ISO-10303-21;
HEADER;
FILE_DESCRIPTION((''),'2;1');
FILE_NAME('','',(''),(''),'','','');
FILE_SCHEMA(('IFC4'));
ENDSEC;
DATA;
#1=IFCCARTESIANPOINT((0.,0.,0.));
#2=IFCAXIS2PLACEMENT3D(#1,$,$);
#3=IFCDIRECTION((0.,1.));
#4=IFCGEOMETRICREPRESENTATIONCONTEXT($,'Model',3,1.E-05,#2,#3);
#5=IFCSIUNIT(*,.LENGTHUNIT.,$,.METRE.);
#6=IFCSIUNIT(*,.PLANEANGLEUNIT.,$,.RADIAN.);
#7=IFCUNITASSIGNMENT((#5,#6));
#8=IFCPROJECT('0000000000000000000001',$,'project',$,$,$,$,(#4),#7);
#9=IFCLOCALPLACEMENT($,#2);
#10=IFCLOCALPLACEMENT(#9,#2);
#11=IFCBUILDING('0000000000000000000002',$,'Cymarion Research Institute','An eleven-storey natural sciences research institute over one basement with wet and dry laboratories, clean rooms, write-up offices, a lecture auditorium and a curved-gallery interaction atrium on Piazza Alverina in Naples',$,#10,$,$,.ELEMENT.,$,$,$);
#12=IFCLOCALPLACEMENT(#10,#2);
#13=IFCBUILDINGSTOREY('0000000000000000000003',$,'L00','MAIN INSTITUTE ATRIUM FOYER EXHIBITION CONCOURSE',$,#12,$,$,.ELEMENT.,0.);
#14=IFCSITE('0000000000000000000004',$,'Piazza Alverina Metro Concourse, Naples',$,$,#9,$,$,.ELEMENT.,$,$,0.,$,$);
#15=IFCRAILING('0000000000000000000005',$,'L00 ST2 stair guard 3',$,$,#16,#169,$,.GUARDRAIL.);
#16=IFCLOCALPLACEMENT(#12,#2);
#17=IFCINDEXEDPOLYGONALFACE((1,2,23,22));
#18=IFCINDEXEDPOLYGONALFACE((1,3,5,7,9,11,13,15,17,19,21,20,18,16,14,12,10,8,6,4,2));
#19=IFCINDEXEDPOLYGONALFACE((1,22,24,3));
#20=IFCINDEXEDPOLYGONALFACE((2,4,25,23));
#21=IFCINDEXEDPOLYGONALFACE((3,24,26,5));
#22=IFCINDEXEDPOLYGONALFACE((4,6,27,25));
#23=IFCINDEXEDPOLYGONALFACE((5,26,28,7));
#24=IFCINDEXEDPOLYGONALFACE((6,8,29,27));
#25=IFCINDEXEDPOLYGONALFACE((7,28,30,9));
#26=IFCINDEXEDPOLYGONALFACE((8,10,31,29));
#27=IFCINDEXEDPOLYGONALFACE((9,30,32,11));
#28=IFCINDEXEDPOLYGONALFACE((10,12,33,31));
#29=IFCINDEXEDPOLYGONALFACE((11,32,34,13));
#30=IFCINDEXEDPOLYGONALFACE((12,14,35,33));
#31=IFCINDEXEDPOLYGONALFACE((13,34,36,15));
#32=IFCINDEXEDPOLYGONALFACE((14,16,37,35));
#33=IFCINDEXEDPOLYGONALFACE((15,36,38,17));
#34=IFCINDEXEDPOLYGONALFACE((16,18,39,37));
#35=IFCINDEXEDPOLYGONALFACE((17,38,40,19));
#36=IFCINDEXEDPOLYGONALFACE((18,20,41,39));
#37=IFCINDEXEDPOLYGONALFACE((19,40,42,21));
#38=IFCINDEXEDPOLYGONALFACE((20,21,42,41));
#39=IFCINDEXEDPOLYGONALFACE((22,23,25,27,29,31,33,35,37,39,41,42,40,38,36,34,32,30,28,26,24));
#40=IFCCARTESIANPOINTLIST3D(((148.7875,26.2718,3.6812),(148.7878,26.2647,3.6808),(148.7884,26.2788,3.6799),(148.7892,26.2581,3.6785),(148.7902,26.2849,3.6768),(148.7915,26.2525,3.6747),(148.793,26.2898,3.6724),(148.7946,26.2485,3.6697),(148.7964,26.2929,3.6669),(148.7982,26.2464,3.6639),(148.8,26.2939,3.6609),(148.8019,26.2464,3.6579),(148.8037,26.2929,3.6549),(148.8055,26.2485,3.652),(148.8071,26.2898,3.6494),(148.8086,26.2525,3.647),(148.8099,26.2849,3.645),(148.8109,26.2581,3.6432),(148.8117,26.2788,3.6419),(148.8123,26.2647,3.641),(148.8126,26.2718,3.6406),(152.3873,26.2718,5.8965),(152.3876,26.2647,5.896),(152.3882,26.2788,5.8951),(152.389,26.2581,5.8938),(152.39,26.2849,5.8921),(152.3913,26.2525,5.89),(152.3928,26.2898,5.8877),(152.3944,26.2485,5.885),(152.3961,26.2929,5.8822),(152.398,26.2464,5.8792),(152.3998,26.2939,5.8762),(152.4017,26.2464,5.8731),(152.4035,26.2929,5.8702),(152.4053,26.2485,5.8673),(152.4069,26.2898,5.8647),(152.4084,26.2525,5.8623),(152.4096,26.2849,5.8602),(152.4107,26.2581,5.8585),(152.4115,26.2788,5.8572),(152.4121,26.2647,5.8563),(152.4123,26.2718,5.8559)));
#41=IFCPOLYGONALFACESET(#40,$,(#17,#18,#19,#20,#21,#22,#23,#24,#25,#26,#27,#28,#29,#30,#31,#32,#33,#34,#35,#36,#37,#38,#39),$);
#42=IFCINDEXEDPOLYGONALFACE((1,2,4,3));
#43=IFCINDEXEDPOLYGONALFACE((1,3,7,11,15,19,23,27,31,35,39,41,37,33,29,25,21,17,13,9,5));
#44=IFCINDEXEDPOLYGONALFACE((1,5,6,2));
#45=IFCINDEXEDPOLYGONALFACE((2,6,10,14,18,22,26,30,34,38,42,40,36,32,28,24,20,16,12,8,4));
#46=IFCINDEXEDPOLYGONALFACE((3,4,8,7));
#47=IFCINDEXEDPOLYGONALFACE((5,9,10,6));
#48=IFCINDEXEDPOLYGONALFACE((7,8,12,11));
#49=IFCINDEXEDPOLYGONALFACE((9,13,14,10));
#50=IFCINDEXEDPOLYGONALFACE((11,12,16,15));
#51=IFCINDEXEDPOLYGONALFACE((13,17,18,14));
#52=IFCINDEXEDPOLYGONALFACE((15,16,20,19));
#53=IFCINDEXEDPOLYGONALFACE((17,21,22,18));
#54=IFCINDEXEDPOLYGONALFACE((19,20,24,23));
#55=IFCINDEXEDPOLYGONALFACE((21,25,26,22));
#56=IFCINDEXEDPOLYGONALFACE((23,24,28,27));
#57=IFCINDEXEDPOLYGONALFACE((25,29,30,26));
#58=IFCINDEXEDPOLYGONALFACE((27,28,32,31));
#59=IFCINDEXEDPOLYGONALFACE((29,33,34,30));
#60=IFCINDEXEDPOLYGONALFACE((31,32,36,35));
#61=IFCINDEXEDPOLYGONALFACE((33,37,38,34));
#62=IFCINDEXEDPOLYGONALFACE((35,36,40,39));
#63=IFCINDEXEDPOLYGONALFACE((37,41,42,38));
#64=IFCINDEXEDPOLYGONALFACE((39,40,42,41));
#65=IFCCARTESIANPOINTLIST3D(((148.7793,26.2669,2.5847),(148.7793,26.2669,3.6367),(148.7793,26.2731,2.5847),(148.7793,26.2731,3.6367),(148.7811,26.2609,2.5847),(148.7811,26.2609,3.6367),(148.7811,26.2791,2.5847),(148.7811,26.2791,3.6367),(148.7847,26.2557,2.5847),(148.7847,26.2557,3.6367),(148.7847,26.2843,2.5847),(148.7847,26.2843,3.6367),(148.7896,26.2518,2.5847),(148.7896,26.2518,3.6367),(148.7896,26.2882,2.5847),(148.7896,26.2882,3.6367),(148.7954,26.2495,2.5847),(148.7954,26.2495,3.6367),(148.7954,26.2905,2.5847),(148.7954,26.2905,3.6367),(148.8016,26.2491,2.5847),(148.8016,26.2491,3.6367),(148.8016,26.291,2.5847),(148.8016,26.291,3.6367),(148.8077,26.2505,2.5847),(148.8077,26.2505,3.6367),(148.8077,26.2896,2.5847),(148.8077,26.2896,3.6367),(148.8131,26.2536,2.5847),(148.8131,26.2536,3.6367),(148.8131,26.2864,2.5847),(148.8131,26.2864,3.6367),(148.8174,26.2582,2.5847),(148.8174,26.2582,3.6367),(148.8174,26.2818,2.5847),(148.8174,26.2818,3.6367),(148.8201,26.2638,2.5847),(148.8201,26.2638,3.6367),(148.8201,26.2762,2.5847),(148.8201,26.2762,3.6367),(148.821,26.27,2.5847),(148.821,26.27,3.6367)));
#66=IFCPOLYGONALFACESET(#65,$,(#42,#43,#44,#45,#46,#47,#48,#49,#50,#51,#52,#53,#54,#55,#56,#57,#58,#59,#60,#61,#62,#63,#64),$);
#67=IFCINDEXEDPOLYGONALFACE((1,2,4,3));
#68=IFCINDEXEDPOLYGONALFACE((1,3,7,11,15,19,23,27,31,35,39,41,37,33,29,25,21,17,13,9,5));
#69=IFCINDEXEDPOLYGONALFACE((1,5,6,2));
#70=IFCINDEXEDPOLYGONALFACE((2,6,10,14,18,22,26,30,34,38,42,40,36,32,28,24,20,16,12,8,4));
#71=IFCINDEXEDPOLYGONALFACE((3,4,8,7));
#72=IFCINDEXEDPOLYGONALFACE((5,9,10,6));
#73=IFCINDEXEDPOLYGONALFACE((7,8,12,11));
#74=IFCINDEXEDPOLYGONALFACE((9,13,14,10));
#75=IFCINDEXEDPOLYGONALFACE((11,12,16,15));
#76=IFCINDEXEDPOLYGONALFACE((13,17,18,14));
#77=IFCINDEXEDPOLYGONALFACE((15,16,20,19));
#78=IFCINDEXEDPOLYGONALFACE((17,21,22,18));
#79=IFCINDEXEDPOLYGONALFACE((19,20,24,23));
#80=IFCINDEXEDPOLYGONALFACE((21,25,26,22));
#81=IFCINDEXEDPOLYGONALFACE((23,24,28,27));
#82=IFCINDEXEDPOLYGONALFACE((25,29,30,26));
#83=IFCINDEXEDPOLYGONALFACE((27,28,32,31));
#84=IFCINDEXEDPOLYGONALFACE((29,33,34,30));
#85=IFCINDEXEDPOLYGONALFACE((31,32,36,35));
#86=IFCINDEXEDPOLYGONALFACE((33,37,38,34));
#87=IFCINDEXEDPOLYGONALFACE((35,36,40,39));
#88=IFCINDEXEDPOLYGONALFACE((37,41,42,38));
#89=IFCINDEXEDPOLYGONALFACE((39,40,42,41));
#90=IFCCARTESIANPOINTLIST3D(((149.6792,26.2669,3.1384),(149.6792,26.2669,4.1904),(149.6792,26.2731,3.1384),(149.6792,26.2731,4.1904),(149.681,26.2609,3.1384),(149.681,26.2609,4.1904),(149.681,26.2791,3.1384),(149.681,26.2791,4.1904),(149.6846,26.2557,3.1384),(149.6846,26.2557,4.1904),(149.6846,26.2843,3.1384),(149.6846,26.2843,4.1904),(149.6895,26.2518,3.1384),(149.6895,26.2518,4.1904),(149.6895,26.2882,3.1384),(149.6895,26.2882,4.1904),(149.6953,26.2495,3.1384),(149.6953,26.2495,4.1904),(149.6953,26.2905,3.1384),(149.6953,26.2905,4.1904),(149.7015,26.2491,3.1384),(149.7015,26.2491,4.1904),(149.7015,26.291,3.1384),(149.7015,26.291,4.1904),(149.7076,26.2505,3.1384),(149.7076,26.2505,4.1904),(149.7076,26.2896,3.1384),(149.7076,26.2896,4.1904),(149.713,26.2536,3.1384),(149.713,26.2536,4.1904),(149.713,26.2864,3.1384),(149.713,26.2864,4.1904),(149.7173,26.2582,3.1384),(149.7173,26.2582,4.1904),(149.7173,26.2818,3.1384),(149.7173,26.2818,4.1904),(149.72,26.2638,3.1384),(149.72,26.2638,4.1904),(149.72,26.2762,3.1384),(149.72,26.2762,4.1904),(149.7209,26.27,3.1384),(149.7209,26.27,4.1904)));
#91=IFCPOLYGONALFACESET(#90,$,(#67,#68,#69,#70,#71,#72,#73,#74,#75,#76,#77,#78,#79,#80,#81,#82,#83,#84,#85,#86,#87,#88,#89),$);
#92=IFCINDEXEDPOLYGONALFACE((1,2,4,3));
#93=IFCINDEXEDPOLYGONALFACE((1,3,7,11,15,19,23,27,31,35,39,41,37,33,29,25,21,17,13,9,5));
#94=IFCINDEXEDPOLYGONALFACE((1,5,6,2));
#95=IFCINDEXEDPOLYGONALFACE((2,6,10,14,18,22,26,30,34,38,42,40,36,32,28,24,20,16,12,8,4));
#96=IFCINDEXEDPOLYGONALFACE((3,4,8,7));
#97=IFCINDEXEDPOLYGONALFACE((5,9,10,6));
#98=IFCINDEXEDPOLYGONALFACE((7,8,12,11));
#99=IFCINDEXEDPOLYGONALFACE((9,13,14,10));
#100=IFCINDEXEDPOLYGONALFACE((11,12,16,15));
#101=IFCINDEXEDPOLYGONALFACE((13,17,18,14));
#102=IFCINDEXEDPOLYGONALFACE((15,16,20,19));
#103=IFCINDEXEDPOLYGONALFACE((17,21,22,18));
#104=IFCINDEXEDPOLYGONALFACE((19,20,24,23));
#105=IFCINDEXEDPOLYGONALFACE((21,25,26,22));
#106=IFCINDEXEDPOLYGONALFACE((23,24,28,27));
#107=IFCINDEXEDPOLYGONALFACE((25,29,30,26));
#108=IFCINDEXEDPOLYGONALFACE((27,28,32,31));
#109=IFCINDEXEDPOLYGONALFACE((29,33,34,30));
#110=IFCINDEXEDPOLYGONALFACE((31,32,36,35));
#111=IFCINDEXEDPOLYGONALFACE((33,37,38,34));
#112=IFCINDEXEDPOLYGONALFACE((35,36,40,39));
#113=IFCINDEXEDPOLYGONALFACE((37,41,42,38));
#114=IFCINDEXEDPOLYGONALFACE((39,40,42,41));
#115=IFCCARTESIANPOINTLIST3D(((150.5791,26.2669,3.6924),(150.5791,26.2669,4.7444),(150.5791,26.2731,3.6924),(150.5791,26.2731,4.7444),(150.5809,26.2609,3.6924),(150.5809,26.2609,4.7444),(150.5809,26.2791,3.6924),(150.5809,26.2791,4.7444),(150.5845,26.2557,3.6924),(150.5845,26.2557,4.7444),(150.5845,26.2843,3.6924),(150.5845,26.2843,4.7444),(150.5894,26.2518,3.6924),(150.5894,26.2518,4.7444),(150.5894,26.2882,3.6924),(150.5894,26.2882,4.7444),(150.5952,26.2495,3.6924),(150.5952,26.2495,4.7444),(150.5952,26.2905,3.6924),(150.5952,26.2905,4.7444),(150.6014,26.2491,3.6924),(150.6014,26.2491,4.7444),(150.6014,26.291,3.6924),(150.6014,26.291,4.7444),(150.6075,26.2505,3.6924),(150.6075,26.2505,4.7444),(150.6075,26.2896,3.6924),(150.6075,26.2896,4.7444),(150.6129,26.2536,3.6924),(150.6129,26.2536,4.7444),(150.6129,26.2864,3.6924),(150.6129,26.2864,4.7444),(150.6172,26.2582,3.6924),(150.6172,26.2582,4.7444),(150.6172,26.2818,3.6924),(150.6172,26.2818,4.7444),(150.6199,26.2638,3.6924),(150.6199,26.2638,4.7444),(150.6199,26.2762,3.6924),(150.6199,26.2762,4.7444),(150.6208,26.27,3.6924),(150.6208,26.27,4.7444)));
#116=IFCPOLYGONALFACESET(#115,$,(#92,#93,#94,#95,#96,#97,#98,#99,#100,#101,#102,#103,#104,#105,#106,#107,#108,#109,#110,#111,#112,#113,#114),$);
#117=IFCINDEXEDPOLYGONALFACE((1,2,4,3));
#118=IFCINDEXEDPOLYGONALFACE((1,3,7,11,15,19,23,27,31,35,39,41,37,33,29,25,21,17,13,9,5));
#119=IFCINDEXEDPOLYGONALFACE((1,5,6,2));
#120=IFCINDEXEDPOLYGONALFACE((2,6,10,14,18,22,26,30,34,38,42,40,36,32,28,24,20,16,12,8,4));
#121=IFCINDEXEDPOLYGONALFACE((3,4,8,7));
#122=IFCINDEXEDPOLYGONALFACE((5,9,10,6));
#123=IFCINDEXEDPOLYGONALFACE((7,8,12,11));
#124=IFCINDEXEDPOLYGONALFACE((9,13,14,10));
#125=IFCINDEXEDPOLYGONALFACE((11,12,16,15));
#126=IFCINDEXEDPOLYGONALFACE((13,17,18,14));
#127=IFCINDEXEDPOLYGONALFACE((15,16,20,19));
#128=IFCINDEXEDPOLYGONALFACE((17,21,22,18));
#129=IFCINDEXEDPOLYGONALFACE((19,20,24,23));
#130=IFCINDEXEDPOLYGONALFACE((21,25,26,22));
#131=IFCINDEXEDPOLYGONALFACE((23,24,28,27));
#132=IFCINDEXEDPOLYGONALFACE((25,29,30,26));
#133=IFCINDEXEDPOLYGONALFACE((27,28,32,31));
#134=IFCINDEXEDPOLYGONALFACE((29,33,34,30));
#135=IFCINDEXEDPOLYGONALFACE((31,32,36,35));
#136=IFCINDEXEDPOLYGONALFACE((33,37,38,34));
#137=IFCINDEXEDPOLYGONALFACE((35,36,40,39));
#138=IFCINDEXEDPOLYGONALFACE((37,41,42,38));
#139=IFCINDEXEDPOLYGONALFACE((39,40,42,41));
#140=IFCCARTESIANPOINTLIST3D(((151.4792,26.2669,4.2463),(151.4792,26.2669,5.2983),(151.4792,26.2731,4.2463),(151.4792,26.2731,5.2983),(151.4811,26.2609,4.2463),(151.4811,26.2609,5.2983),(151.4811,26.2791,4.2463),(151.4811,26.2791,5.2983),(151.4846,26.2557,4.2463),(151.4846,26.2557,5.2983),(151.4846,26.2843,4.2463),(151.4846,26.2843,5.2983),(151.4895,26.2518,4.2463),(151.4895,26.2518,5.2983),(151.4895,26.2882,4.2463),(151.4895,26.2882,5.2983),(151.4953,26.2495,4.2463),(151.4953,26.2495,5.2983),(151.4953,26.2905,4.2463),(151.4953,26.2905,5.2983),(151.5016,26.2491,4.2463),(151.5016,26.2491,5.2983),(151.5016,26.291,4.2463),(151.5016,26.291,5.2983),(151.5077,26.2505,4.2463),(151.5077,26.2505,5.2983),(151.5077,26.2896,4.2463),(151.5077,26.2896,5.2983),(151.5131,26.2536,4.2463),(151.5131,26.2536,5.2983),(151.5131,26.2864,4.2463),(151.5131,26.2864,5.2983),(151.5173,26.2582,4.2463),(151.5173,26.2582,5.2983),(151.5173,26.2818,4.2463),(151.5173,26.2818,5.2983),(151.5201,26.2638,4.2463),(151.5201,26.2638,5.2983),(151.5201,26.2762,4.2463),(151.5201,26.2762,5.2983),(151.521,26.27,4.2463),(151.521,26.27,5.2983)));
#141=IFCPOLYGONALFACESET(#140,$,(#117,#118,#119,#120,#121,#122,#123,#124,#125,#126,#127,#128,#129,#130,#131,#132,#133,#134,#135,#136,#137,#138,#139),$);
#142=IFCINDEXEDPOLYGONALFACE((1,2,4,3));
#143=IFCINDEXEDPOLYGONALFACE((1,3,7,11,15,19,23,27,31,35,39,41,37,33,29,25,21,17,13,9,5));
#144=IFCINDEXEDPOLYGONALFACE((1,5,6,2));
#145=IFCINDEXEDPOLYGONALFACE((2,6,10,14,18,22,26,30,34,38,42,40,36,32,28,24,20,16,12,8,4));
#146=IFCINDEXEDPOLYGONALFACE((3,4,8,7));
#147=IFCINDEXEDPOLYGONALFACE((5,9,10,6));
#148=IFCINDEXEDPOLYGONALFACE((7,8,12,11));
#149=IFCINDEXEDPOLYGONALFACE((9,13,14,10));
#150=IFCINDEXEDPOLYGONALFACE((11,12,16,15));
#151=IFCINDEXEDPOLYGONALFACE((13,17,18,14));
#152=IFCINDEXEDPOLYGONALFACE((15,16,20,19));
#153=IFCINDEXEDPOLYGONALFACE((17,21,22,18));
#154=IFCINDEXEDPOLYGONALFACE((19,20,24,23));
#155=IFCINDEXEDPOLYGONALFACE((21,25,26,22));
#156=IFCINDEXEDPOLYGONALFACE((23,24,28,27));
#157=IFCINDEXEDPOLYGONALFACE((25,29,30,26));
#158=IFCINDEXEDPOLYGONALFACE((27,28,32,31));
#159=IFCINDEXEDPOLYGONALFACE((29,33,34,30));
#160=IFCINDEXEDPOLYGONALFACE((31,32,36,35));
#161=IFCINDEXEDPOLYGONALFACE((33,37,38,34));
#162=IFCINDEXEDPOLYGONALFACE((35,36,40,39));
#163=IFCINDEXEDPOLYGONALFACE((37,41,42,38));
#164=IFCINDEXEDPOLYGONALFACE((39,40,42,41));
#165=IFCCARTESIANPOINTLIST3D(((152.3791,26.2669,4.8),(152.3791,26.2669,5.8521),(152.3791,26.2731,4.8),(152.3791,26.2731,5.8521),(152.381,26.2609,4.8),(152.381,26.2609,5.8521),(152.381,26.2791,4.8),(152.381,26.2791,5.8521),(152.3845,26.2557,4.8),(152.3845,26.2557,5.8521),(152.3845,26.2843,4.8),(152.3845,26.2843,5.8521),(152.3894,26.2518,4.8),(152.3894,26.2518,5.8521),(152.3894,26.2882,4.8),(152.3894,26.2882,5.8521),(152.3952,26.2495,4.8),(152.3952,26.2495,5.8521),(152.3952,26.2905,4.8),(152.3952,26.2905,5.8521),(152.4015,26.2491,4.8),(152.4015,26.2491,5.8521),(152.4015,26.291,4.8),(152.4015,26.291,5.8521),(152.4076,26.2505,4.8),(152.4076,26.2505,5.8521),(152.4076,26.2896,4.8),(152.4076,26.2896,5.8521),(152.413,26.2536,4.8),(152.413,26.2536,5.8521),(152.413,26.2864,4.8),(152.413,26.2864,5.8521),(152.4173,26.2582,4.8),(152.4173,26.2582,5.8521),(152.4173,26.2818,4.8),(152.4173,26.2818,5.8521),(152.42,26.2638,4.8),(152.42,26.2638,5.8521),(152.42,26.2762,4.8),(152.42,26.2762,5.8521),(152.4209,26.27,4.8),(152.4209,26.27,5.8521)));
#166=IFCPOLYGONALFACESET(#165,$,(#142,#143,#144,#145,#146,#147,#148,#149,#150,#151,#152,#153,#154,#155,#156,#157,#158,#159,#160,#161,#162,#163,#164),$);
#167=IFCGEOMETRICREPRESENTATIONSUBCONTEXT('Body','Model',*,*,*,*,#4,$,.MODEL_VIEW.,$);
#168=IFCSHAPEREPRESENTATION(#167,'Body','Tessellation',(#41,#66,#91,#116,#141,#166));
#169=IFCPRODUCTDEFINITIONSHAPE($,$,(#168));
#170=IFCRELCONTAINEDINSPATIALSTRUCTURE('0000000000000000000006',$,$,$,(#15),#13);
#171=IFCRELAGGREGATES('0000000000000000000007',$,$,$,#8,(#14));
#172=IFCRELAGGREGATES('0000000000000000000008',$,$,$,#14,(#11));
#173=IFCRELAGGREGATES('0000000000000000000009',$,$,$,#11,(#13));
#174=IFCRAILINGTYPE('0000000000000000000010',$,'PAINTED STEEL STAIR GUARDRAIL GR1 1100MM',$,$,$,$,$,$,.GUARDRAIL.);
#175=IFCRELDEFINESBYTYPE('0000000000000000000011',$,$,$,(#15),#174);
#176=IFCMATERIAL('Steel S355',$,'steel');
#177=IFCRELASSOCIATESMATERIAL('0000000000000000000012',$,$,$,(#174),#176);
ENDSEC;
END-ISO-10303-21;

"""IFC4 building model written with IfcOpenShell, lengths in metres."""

from ifc_helpers import new_model, si_unit, direction, frame, origin, origin_2d, place, context, subcontext, project, spatial, circle, extrude, material, type_object, element, save


model = new_model("IFC4")

# Units and contexts
model_context = context("Model", 3, precision=1e-05, world=origin(), true_north=direction((0.0, 1.0)))
body_context = subcontext(model_context, "Body", "Model", "MODEL_VIEW")
ifc_project = project(units=[si_unit("LENGTHUNIT", "METRE"), si_unit("PLANEANGLEUNIT", "RADIAN")], contexts=[model_context])

# Site, building, storey
site_placement = place(None, origin())
site = spatial("IfcSite", under=ifc_project, at=site_placement, Name="Piazza Alverina Metro Concourse, Naples", CompositionType="ELEMENT", RefElevation=0.0)
building_placement = place(site_placement, origin())
building = spatial("IfcBuilding", under=site, at=building_placement, Name="Cymarion Research Institute", Description="An eleven-storey natural sciences research institute over one basement with wet and dry laboratories, clean rooms, write-up offices, a lecture auditorium and a curved-gallery interaction atrium on Piazza Alverina in Naples", CompositionType="ELEMENT")
storey_placement = place(building_placement, origin())
storey = spatial("IfcBuildingStorey", under=building, at=storey_placement, Name="L00", Description="MAIN INSTITUTE ATRIUM FOYER EXHIBITION CONCOURSE", CompositionType="ELEMENT", Elevation=0.0)

# Shared definitions
ifc_material_1 = material(Name="Steel S355", Category="steel")

# Railing
railing_type_1 = type_object("IfcRailingType", Name="PAINTED STEEL STAIR GUARDRAIL GR1 1100MM", PredefinedType="GUARDRAIL", material=ifc_material_1)
railing_1_placement = place(storey_placement, frame((148.8, 26.27, 2.5847)))
element("IfcRailing", 1, at=railing_1_placement, inside=storey, type_object=railing_type_1, Name="L00 ST2 stair guard 3", PredefinedType="GUARDRAIL", context=body_context, shape_type="SweptSolid", body=[
    extrude(circle(Radius=0.0239, at=origin_2d()), frame((0.0, 0.0, 1.0762), z_axis=(0.851654, 0.0, 0.524104), x_axis=(0.0, 1.0, 0.0)), (0.0, 0.0, 1.0), 4.2268),
    extrude(circle(Radius=0.021, at=origin_2d()), origin(), (0.0, 0.0, 1.0), 1.052),
    extrude(circle(Radius=0.021, at=origin_2d()), frame((0.8999, 0.0, 0.5537)), (0.0, 0.0, 1.0), 1.052),
    extrude(circle(Radius=0.021, at=origin_2d()), frame((1.7998, 0.0, 1.1077)), (0.0, 0.0, 1.0), 1.052),
    extrude(circle(Radius=0.021, at=origin_2d()), frame((2.7, 0.0, 1.6616)), (0.0, 0.0, 1.0), 1.052),
    extrude(circle(Radius=0.021, at=origin_2d()), frame((3.5999, 0.0, 2.2153)), (0.0, 0.0, 1.0), 1.052),
])

save(model, "model.ifc")
